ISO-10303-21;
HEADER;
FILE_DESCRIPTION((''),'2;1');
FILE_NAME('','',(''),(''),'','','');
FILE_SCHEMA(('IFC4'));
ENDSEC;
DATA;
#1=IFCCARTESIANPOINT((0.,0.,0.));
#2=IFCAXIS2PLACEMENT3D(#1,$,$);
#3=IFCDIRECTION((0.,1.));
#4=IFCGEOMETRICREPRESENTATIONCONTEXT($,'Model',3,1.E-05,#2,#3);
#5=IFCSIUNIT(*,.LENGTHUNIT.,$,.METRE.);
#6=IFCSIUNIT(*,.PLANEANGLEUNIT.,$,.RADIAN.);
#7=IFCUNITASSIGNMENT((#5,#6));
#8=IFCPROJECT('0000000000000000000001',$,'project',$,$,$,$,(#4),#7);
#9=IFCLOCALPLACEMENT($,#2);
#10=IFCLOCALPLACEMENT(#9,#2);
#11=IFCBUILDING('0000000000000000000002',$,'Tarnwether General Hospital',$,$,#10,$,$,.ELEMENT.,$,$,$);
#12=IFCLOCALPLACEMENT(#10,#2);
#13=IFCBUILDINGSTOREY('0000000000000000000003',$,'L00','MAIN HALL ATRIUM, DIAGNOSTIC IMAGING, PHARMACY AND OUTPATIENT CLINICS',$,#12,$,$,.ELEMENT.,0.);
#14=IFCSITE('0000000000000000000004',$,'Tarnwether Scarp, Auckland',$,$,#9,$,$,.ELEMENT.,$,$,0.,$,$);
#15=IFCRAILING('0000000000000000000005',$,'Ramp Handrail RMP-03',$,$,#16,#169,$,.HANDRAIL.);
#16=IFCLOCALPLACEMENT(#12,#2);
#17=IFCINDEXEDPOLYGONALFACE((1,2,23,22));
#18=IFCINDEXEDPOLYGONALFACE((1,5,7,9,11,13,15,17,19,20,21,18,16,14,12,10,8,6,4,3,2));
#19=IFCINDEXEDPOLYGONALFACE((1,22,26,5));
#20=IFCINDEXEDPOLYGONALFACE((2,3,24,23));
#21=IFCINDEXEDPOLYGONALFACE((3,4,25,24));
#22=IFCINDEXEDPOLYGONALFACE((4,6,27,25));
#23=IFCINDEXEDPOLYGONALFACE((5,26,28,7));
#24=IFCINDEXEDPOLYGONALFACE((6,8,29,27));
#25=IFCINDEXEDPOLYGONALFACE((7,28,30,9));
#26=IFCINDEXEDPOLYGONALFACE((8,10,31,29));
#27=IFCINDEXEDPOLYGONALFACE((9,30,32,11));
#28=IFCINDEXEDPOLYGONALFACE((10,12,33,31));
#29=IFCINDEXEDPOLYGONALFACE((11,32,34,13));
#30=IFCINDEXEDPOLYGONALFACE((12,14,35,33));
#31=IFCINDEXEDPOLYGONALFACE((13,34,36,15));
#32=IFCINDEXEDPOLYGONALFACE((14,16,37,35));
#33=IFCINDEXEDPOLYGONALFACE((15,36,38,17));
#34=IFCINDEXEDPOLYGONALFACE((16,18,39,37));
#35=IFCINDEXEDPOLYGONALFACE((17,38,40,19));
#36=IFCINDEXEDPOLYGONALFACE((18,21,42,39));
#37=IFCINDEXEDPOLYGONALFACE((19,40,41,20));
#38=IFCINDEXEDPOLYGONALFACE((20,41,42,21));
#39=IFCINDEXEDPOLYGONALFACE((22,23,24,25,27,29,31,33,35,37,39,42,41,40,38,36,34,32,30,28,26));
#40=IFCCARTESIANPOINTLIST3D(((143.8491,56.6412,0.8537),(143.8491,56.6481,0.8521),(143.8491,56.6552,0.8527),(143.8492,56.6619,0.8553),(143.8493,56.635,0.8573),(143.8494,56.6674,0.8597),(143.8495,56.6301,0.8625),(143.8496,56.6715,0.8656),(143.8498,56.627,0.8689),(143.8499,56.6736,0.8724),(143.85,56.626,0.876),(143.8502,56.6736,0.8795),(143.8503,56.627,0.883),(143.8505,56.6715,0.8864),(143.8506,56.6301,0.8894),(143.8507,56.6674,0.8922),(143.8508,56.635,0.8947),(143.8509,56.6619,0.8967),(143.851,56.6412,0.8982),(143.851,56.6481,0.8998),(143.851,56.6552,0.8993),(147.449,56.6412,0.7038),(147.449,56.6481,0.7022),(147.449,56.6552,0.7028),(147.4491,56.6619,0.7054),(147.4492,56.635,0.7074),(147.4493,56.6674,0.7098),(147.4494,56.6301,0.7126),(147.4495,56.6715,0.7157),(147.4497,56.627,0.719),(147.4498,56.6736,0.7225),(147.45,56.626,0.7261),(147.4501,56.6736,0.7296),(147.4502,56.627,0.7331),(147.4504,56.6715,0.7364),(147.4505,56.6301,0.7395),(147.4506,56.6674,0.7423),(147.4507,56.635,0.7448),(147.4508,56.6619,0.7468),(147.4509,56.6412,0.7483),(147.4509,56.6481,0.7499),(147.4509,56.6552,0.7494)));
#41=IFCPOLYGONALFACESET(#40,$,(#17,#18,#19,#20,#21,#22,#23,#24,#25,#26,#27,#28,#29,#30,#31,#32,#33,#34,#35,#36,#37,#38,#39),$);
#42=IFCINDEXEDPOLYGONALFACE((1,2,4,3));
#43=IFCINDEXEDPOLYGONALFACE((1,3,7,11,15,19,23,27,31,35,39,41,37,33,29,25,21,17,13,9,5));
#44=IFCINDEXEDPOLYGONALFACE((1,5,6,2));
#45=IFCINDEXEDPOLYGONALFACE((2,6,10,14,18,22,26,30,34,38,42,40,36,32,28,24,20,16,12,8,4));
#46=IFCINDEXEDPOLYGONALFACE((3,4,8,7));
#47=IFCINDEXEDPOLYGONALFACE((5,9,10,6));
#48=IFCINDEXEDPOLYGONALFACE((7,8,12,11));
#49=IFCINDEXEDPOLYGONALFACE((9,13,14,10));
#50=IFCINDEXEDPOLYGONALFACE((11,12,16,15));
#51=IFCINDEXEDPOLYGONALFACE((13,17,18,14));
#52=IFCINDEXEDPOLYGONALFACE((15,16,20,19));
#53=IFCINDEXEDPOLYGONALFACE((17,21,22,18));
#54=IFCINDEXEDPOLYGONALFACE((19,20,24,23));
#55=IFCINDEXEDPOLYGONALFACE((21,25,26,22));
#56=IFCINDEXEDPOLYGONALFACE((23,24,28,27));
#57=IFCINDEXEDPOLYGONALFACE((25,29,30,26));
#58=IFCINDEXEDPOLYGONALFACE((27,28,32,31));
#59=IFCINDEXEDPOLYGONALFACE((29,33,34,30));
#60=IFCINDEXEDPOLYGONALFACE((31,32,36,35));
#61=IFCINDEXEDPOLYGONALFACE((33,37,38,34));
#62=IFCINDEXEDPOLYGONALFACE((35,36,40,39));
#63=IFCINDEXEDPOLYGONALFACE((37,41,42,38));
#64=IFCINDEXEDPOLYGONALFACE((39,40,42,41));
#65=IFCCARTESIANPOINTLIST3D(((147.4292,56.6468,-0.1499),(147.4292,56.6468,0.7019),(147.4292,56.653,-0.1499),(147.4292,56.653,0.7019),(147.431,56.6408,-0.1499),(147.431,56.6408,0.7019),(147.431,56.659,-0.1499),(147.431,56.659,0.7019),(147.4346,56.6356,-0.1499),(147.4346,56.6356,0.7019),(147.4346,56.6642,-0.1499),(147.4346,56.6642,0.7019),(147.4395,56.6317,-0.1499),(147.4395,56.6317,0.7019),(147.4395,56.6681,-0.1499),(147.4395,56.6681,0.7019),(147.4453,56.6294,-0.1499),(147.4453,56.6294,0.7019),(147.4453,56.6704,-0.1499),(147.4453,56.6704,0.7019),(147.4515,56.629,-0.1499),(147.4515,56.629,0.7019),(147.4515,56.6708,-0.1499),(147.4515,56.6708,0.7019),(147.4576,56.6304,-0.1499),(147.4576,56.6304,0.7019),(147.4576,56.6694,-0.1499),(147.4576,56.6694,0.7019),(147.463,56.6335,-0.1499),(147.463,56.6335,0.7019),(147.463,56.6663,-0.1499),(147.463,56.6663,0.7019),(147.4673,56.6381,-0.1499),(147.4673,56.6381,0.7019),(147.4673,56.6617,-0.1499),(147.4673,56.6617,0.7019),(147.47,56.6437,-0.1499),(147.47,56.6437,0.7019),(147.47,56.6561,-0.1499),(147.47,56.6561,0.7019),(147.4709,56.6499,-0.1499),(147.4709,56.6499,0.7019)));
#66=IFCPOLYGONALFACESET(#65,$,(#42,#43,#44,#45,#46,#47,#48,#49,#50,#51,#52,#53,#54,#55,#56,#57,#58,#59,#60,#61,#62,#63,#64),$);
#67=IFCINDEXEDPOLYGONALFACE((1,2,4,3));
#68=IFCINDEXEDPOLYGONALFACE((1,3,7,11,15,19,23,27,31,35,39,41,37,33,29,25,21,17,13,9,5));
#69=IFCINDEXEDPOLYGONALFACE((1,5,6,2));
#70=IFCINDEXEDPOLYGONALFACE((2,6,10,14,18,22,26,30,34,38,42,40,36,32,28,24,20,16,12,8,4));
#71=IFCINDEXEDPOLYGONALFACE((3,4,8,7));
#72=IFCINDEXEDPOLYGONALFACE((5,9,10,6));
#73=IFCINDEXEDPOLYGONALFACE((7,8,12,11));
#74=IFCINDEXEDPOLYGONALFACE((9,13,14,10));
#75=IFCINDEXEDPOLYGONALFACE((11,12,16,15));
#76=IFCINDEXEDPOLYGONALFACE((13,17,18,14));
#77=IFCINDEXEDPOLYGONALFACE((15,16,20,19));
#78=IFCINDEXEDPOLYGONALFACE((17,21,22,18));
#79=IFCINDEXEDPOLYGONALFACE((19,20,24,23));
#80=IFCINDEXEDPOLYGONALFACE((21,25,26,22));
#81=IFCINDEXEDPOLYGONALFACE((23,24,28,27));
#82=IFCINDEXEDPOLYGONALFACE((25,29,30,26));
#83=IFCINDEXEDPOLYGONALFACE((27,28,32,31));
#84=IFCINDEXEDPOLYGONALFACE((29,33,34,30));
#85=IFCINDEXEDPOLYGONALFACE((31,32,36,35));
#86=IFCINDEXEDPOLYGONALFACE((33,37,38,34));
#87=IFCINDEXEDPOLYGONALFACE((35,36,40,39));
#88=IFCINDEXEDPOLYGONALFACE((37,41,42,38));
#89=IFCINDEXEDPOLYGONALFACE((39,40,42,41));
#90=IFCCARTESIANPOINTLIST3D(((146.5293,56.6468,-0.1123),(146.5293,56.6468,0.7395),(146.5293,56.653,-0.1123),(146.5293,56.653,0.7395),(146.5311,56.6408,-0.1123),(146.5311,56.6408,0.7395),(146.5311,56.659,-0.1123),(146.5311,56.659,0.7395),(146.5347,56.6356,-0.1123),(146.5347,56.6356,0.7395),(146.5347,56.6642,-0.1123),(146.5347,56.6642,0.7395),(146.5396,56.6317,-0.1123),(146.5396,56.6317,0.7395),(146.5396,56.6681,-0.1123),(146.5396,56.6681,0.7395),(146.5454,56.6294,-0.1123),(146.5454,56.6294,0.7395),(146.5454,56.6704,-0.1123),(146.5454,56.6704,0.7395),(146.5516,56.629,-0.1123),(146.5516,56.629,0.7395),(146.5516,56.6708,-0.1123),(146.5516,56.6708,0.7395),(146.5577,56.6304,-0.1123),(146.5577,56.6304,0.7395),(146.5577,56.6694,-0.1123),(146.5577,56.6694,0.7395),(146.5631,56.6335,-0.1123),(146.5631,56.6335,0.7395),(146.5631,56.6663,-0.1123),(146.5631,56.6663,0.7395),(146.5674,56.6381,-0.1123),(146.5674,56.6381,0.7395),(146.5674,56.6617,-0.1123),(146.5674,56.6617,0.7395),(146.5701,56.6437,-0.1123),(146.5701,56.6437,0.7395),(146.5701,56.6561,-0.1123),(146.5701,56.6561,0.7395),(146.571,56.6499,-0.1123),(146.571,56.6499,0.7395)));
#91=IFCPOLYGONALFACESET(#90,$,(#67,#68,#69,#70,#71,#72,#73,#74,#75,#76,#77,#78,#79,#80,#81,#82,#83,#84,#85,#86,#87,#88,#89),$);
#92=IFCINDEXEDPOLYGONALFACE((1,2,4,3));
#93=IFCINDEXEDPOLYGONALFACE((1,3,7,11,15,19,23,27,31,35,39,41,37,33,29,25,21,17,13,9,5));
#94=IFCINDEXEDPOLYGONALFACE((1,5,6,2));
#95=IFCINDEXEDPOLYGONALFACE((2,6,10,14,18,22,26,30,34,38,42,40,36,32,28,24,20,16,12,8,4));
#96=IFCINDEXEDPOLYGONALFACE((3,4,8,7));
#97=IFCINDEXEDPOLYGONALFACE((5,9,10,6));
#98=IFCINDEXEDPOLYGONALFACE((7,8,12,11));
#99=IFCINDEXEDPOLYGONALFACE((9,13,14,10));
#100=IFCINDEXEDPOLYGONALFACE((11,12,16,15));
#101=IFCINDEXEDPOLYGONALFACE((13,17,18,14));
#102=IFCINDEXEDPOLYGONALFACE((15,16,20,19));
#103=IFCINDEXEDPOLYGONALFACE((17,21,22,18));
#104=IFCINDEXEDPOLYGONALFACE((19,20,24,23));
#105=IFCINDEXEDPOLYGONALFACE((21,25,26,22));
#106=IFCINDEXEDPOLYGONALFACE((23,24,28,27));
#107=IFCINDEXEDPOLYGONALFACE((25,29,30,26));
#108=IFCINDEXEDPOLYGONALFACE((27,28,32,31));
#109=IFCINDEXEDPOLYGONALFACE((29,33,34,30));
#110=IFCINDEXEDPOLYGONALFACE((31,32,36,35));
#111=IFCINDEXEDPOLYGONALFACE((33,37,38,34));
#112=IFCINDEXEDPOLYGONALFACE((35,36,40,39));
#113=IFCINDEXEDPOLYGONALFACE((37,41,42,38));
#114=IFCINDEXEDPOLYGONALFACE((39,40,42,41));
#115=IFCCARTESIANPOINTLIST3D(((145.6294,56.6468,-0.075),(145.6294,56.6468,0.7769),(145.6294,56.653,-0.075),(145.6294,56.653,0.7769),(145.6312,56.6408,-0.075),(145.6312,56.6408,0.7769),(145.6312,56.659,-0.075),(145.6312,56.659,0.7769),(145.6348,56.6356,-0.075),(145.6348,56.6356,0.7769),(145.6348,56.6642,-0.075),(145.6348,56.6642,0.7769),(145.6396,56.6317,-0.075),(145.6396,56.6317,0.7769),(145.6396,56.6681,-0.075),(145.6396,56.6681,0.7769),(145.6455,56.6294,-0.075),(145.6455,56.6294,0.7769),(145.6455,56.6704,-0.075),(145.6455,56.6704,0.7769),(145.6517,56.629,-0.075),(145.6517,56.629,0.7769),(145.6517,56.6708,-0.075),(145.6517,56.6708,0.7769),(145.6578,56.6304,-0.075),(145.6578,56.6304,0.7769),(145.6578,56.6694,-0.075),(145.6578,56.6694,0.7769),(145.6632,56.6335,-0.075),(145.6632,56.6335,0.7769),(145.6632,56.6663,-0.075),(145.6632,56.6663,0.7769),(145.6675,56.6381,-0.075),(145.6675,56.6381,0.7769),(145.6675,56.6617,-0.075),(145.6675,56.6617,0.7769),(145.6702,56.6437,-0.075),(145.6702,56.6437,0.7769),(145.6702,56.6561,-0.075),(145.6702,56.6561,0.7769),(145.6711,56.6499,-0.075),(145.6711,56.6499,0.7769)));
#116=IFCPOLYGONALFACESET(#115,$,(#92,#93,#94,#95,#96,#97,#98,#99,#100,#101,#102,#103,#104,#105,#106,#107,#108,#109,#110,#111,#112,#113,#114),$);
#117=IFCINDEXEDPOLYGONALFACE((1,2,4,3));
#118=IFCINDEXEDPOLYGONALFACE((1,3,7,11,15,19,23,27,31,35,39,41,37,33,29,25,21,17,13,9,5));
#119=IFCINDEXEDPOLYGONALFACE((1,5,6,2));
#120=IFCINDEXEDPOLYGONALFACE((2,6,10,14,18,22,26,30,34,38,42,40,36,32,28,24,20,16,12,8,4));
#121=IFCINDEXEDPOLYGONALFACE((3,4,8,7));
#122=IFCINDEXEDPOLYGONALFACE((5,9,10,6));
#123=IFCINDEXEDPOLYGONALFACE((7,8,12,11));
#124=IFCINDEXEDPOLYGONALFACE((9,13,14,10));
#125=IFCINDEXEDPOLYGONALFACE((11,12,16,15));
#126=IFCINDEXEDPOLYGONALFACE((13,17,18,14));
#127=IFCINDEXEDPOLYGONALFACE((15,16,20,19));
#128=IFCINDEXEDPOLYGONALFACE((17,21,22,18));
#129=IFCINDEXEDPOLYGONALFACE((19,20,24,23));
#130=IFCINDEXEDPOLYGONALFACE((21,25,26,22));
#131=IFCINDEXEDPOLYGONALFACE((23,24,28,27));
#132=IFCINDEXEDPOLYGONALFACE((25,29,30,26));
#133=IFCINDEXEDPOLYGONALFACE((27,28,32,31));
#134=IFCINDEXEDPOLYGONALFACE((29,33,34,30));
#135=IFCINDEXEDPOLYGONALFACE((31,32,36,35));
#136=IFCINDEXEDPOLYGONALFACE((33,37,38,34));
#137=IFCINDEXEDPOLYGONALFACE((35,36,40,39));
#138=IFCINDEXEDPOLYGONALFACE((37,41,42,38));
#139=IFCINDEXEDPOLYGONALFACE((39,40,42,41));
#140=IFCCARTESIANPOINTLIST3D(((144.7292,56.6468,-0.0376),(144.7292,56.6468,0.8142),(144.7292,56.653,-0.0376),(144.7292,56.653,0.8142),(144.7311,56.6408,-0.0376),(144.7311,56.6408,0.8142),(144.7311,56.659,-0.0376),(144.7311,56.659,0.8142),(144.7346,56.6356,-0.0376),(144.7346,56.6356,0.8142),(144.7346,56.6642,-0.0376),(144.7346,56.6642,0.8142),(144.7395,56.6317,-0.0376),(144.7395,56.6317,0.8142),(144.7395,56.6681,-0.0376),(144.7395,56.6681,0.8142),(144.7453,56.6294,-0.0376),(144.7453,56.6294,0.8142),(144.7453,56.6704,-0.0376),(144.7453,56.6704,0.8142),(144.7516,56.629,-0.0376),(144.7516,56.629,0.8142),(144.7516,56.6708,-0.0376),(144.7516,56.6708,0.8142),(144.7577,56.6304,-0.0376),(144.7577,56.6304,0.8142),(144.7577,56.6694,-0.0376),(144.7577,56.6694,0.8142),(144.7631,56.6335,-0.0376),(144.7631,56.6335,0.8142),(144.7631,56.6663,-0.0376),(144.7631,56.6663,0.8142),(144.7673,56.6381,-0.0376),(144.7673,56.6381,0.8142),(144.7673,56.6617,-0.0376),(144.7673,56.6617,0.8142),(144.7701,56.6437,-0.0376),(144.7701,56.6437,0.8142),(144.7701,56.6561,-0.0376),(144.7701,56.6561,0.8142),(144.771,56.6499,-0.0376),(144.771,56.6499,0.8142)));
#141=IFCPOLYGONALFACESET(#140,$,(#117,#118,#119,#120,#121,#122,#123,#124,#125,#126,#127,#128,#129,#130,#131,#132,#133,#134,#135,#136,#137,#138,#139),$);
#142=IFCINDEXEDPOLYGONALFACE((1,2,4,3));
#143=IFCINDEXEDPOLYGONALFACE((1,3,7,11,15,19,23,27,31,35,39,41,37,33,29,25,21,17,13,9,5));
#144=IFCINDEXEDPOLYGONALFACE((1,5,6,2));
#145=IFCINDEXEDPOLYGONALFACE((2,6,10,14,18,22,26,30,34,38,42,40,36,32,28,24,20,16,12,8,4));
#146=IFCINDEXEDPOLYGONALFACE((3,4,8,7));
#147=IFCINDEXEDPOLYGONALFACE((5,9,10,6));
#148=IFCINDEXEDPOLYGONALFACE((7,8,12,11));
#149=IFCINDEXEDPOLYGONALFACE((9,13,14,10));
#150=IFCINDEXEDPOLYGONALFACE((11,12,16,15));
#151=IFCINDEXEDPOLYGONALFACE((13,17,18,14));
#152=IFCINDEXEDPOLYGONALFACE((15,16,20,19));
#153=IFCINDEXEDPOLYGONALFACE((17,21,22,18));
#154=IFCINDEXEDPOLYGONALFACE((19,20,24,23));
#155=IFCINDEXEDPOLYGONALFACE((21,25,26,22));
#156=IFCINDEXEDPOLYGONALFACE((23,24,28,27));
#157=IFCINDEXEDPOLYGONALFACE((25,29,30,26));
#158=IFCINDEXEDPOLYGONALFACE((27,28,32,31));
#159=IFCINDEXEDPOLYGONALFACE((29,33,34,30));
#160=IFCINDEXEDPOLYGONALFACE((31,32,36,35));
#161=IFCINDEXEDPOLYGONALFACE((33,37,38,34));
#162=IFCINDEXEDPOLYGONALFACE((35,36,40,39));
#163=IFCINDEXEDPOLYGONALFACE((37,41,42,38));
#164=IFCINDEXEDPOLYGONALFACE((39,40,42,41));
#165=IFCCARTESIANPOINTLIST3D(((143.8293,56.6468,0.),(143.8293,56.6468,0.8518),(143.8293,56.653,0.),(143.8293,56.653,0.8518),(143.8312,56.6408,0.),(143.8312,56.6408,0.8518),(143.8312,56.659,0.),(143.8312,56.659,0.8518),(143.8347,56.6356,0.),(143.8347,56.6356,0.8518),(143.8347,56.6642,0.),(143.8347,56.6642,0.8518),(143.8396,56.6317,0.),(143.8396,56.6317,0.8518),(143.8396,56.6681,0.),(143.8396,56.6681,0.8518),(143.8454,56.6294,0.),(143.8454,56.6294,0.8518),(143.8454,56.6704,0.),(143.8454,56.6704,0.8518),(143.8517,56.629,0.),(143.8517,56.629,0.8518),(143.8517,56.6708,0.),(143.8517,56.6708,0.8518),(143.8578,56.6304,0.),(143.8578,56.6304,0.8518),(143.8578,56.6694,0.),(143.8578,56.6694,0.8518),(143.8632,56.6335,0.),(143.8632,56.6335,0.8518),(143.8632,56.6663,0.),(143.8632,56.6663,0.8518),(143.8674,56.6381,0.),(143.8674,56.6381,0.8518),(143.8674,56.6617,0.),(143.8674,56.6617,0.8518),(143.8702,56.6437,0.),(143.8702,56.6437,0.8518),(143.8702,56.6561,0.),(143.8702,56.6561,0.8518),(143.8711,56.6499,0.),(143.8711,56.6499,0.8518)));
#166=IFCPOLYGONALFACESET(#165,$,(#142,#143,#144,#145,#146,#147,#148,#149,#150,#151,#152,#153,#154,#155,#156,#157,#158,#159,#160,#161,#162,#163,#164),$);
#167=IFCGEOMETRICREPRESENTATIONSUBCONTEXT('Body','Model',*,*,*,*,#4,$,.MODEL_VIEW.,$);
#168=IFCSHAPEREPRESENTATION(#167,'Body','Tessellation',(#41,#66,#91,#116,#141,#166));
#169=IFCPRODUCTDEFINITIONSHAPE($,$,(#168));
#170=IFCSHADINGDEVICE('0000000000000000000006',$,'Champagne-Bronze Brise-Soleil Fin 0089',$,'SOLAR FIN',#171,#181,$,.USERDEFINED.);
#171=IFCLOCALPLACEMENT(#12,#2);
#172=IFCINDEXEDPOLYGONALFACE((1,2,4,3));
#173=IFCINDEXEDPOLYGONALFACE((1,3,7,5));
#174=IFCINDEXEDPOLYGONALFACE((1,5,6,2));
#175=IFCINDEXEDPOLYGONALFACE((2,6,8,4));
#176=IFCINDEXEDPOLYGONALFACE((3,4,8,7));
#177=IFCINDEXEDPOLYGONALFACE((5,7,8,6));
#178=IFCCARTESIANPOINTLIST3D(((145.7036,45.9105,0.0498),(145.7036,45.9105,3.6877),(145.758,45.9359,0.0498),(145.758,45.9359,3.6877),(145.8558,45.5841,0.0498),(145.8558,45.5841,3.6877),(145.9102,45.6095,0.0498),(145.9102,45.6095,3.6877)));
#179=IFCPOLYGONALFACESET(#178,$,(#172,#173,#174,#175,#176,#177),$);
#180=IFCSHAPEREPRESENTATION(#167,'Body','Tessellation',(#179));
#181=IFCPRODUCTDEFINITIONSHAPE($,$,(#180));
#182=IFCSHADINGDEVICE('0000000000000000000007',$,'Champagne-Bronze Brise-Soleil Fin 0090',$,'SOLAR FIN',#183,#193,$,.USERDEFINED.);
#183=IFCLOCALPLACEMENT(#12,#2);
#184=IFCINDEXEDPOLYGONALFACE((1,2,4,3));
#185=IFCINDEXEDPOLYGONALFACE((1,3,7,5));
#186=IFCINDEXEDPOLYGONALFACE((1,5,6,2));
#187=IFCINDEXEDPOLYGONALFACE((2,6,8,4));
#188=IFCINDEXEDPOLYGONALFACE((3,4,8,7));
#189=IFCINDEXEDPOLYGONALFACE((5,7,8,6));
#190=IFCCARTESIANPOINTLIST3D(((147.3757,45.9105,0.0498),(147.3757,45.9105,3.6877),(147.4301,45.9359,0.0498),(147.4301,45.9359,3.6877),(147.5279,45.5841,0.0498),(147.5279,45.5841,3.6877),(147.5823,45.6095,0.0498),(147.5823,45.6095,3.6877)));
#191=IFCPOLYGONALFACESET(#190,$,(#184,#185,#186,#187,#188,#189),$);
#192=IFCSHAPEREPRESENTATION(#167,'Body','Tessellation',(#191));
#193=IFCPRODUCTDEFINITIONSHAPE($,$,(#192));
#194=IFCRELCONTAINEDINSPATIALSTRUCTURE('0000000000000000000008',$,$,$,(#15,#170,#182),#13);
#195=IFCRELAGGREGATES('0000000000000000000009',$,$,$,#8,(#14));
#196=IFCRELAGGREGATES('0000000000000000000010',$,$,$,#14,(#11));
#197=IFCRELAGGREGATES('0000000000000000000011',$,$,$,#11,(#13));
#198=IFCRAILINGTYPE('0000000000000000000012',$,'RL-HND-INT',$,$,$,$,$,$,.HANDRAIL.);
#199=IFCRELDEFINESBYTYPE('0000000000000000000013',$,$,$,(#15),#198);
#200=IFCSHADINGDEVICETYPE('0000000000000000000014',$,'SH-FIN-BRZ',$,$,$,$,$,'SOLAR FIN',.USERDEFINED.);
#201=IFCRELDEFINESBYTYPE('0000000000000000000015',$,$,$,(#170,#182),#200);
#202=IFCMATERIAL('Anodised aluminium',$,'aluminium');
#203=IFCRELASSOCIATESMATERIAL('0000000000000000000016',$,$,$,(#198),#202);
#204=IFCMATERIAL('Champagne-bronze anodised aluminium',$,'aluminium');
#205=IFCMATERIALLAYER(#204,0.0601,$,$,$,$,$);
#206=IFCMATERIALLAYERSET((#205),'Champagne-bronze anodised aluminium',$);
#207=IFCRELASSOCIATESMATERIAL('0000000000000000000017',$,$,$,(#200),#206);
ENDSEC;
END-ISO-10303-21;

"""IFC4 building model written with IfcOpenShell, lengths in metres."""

from ifc_helpers import new_model, si_unit, direction, frame, origin, origin_2d, place, context, subcontext, project, spatial, rectangle, circle, extrude, material, layer, layer_set, type_object, element, save


model = new_model("IFC4")

# Units and contexts
model_context = context("Model", 3, precision=1e-05, world=origin(), true_north=direction((0.0, 1.0)))
body_context = subcontext(model_context, "Body", "Model", "MODEL_VIEW")
ifc_project = project(units=[si_unit("LENGTHUNIT", "METRE"), si_unit("PLANEANGLEUNIT", "RADIAN")], contexts=[model_context])

# Site, building, storey
site_placement = place(None, origin())
site = spatial("IfcSite", under=ifc_project, at=site_placement, Name="Tarnwether Scarp, Auckland", CompositionType="ELEMENT", RefElevation=0.0)
building_placement = place(site_placement, origin())
building = spatial("IfcBuilding", under=site, at=building_placement, Name="Tarnwether General Hospital", CompositionType="ELEMENT")
storey_placement = place(building_placement, origin())
storey = spatial("IfcBuildingStorey", under=building, at=storey_placement, Name="L00", Description="MAIN HALL ATRIUM, DIAGNOSTIC IMAGING, PHARMACY AND OUTPATIENT CLINICS", CompositionType="ELEMENT", Elevation=0.0)

# Railing
ifc_material_1 = material(Name="Anodised aluminium", Category="aluminium")
railing_type = type_object("IfcRailingType", Name="RL-HND-INT", PredefinedType="HANDRAIL", material=ifc_material_1)
for number, where, name in (
    (1, (147.45, 56.6499, -0.1499), "Ramp Handrail RMP-03"),
):
    element("IfcRailing", number, at=place(storey_placement, frame(where)), inside=storey, type_object=railing_type, Name=name, PredefinedType="HANDRAIL", context=body_context, shape_type="SweptSolid", body=[
        extrude(circle(Radius=0.0239, at=origin_2d()), frame((0.0, 0.0, 0.876), z_axis=(-0.999134, 0.0, 0.041605), x_axis=(0.0, -1.0, 0.0)), (0.0, 0.0, 1.0), 3.603),
        extrude(circle(Radius=0.021, at=origin_2d()), origin(), (0.0, 0.0, 1.0), 0.8518),
        extrude(circle(Radius=0.021, at=origin_2d()), frame((-0.8999, 0.0, 0.0376)), (0.0, 0.0, 1.0), 0.8518),
        extrude(circle(Radius=0.021, at=origin_2d()), frame((-1.7998, 0.0, 0.075)), (0.0, 0.0, 1.0), 0.8518),
        extrude(circle(Radius=0.021, at=origin_2d()), frame((-2.7, 0.0, 0.1123)), (0.0, 0.0, 1.0), 0.8518),
        extrude(circle(Radius=0.021, at=origin_2d()), frame((-3.5999, 0.0, 0.1499)), (0.0, 0.0, 1.0), 0.8518),
    ])

# Shading devices
ifc_material_2 = material(Name="Champagne-bronze anodised aluminium", Category="aluminium")
ifc_layer_1 = layer(ifc_material_2, 0.0601)
ifc_layer_set_1 = layer_set([ifc_layer_1], Name="Champagne-bronze anodised aluminium")
shading_device_type = type_object("IfcShadingDeviceType", Name="SH-FIN-BRZ", ElementType="SOLAR FIN", PredefinedType="USERDEFINED", material=ifc_layer_set_1)
for number, where, z_axis, x_axis, name in (
    (2, (145.8069, 45.76, 0.0498), (0.0, 0.0, 1.0), (0.906308, 0.422618, 0.0), "Champagne-Bronze Brise-Soleil Fin 0089"),
    (3, (147.479, 45.76, 0.0498), (0.0, 0.0, 1.0), (0.906308, 0.422618, 0.0), "Champagne-Bronze Brise-Soleil Fin 0090"),
):
    element("IfcShadingDevice", number, at=place(storey_placement, frame(where, z_axis=z_axis, x_axis=x_axis)), inside=storey, type_object=shading_device_type, Name=name, ObjectType="SOLAR FIN", PredefinedType="USERDEFINED", context=body_context, shape_type="SweptSolid", body=[
        extrude(rectangle(XDim=0.0601, YDim=0.3601, at=origin_2d()), origin(), (0.0, 0.0, 1.0), 3.6379),
    ])

save(model, "model.ifc")
